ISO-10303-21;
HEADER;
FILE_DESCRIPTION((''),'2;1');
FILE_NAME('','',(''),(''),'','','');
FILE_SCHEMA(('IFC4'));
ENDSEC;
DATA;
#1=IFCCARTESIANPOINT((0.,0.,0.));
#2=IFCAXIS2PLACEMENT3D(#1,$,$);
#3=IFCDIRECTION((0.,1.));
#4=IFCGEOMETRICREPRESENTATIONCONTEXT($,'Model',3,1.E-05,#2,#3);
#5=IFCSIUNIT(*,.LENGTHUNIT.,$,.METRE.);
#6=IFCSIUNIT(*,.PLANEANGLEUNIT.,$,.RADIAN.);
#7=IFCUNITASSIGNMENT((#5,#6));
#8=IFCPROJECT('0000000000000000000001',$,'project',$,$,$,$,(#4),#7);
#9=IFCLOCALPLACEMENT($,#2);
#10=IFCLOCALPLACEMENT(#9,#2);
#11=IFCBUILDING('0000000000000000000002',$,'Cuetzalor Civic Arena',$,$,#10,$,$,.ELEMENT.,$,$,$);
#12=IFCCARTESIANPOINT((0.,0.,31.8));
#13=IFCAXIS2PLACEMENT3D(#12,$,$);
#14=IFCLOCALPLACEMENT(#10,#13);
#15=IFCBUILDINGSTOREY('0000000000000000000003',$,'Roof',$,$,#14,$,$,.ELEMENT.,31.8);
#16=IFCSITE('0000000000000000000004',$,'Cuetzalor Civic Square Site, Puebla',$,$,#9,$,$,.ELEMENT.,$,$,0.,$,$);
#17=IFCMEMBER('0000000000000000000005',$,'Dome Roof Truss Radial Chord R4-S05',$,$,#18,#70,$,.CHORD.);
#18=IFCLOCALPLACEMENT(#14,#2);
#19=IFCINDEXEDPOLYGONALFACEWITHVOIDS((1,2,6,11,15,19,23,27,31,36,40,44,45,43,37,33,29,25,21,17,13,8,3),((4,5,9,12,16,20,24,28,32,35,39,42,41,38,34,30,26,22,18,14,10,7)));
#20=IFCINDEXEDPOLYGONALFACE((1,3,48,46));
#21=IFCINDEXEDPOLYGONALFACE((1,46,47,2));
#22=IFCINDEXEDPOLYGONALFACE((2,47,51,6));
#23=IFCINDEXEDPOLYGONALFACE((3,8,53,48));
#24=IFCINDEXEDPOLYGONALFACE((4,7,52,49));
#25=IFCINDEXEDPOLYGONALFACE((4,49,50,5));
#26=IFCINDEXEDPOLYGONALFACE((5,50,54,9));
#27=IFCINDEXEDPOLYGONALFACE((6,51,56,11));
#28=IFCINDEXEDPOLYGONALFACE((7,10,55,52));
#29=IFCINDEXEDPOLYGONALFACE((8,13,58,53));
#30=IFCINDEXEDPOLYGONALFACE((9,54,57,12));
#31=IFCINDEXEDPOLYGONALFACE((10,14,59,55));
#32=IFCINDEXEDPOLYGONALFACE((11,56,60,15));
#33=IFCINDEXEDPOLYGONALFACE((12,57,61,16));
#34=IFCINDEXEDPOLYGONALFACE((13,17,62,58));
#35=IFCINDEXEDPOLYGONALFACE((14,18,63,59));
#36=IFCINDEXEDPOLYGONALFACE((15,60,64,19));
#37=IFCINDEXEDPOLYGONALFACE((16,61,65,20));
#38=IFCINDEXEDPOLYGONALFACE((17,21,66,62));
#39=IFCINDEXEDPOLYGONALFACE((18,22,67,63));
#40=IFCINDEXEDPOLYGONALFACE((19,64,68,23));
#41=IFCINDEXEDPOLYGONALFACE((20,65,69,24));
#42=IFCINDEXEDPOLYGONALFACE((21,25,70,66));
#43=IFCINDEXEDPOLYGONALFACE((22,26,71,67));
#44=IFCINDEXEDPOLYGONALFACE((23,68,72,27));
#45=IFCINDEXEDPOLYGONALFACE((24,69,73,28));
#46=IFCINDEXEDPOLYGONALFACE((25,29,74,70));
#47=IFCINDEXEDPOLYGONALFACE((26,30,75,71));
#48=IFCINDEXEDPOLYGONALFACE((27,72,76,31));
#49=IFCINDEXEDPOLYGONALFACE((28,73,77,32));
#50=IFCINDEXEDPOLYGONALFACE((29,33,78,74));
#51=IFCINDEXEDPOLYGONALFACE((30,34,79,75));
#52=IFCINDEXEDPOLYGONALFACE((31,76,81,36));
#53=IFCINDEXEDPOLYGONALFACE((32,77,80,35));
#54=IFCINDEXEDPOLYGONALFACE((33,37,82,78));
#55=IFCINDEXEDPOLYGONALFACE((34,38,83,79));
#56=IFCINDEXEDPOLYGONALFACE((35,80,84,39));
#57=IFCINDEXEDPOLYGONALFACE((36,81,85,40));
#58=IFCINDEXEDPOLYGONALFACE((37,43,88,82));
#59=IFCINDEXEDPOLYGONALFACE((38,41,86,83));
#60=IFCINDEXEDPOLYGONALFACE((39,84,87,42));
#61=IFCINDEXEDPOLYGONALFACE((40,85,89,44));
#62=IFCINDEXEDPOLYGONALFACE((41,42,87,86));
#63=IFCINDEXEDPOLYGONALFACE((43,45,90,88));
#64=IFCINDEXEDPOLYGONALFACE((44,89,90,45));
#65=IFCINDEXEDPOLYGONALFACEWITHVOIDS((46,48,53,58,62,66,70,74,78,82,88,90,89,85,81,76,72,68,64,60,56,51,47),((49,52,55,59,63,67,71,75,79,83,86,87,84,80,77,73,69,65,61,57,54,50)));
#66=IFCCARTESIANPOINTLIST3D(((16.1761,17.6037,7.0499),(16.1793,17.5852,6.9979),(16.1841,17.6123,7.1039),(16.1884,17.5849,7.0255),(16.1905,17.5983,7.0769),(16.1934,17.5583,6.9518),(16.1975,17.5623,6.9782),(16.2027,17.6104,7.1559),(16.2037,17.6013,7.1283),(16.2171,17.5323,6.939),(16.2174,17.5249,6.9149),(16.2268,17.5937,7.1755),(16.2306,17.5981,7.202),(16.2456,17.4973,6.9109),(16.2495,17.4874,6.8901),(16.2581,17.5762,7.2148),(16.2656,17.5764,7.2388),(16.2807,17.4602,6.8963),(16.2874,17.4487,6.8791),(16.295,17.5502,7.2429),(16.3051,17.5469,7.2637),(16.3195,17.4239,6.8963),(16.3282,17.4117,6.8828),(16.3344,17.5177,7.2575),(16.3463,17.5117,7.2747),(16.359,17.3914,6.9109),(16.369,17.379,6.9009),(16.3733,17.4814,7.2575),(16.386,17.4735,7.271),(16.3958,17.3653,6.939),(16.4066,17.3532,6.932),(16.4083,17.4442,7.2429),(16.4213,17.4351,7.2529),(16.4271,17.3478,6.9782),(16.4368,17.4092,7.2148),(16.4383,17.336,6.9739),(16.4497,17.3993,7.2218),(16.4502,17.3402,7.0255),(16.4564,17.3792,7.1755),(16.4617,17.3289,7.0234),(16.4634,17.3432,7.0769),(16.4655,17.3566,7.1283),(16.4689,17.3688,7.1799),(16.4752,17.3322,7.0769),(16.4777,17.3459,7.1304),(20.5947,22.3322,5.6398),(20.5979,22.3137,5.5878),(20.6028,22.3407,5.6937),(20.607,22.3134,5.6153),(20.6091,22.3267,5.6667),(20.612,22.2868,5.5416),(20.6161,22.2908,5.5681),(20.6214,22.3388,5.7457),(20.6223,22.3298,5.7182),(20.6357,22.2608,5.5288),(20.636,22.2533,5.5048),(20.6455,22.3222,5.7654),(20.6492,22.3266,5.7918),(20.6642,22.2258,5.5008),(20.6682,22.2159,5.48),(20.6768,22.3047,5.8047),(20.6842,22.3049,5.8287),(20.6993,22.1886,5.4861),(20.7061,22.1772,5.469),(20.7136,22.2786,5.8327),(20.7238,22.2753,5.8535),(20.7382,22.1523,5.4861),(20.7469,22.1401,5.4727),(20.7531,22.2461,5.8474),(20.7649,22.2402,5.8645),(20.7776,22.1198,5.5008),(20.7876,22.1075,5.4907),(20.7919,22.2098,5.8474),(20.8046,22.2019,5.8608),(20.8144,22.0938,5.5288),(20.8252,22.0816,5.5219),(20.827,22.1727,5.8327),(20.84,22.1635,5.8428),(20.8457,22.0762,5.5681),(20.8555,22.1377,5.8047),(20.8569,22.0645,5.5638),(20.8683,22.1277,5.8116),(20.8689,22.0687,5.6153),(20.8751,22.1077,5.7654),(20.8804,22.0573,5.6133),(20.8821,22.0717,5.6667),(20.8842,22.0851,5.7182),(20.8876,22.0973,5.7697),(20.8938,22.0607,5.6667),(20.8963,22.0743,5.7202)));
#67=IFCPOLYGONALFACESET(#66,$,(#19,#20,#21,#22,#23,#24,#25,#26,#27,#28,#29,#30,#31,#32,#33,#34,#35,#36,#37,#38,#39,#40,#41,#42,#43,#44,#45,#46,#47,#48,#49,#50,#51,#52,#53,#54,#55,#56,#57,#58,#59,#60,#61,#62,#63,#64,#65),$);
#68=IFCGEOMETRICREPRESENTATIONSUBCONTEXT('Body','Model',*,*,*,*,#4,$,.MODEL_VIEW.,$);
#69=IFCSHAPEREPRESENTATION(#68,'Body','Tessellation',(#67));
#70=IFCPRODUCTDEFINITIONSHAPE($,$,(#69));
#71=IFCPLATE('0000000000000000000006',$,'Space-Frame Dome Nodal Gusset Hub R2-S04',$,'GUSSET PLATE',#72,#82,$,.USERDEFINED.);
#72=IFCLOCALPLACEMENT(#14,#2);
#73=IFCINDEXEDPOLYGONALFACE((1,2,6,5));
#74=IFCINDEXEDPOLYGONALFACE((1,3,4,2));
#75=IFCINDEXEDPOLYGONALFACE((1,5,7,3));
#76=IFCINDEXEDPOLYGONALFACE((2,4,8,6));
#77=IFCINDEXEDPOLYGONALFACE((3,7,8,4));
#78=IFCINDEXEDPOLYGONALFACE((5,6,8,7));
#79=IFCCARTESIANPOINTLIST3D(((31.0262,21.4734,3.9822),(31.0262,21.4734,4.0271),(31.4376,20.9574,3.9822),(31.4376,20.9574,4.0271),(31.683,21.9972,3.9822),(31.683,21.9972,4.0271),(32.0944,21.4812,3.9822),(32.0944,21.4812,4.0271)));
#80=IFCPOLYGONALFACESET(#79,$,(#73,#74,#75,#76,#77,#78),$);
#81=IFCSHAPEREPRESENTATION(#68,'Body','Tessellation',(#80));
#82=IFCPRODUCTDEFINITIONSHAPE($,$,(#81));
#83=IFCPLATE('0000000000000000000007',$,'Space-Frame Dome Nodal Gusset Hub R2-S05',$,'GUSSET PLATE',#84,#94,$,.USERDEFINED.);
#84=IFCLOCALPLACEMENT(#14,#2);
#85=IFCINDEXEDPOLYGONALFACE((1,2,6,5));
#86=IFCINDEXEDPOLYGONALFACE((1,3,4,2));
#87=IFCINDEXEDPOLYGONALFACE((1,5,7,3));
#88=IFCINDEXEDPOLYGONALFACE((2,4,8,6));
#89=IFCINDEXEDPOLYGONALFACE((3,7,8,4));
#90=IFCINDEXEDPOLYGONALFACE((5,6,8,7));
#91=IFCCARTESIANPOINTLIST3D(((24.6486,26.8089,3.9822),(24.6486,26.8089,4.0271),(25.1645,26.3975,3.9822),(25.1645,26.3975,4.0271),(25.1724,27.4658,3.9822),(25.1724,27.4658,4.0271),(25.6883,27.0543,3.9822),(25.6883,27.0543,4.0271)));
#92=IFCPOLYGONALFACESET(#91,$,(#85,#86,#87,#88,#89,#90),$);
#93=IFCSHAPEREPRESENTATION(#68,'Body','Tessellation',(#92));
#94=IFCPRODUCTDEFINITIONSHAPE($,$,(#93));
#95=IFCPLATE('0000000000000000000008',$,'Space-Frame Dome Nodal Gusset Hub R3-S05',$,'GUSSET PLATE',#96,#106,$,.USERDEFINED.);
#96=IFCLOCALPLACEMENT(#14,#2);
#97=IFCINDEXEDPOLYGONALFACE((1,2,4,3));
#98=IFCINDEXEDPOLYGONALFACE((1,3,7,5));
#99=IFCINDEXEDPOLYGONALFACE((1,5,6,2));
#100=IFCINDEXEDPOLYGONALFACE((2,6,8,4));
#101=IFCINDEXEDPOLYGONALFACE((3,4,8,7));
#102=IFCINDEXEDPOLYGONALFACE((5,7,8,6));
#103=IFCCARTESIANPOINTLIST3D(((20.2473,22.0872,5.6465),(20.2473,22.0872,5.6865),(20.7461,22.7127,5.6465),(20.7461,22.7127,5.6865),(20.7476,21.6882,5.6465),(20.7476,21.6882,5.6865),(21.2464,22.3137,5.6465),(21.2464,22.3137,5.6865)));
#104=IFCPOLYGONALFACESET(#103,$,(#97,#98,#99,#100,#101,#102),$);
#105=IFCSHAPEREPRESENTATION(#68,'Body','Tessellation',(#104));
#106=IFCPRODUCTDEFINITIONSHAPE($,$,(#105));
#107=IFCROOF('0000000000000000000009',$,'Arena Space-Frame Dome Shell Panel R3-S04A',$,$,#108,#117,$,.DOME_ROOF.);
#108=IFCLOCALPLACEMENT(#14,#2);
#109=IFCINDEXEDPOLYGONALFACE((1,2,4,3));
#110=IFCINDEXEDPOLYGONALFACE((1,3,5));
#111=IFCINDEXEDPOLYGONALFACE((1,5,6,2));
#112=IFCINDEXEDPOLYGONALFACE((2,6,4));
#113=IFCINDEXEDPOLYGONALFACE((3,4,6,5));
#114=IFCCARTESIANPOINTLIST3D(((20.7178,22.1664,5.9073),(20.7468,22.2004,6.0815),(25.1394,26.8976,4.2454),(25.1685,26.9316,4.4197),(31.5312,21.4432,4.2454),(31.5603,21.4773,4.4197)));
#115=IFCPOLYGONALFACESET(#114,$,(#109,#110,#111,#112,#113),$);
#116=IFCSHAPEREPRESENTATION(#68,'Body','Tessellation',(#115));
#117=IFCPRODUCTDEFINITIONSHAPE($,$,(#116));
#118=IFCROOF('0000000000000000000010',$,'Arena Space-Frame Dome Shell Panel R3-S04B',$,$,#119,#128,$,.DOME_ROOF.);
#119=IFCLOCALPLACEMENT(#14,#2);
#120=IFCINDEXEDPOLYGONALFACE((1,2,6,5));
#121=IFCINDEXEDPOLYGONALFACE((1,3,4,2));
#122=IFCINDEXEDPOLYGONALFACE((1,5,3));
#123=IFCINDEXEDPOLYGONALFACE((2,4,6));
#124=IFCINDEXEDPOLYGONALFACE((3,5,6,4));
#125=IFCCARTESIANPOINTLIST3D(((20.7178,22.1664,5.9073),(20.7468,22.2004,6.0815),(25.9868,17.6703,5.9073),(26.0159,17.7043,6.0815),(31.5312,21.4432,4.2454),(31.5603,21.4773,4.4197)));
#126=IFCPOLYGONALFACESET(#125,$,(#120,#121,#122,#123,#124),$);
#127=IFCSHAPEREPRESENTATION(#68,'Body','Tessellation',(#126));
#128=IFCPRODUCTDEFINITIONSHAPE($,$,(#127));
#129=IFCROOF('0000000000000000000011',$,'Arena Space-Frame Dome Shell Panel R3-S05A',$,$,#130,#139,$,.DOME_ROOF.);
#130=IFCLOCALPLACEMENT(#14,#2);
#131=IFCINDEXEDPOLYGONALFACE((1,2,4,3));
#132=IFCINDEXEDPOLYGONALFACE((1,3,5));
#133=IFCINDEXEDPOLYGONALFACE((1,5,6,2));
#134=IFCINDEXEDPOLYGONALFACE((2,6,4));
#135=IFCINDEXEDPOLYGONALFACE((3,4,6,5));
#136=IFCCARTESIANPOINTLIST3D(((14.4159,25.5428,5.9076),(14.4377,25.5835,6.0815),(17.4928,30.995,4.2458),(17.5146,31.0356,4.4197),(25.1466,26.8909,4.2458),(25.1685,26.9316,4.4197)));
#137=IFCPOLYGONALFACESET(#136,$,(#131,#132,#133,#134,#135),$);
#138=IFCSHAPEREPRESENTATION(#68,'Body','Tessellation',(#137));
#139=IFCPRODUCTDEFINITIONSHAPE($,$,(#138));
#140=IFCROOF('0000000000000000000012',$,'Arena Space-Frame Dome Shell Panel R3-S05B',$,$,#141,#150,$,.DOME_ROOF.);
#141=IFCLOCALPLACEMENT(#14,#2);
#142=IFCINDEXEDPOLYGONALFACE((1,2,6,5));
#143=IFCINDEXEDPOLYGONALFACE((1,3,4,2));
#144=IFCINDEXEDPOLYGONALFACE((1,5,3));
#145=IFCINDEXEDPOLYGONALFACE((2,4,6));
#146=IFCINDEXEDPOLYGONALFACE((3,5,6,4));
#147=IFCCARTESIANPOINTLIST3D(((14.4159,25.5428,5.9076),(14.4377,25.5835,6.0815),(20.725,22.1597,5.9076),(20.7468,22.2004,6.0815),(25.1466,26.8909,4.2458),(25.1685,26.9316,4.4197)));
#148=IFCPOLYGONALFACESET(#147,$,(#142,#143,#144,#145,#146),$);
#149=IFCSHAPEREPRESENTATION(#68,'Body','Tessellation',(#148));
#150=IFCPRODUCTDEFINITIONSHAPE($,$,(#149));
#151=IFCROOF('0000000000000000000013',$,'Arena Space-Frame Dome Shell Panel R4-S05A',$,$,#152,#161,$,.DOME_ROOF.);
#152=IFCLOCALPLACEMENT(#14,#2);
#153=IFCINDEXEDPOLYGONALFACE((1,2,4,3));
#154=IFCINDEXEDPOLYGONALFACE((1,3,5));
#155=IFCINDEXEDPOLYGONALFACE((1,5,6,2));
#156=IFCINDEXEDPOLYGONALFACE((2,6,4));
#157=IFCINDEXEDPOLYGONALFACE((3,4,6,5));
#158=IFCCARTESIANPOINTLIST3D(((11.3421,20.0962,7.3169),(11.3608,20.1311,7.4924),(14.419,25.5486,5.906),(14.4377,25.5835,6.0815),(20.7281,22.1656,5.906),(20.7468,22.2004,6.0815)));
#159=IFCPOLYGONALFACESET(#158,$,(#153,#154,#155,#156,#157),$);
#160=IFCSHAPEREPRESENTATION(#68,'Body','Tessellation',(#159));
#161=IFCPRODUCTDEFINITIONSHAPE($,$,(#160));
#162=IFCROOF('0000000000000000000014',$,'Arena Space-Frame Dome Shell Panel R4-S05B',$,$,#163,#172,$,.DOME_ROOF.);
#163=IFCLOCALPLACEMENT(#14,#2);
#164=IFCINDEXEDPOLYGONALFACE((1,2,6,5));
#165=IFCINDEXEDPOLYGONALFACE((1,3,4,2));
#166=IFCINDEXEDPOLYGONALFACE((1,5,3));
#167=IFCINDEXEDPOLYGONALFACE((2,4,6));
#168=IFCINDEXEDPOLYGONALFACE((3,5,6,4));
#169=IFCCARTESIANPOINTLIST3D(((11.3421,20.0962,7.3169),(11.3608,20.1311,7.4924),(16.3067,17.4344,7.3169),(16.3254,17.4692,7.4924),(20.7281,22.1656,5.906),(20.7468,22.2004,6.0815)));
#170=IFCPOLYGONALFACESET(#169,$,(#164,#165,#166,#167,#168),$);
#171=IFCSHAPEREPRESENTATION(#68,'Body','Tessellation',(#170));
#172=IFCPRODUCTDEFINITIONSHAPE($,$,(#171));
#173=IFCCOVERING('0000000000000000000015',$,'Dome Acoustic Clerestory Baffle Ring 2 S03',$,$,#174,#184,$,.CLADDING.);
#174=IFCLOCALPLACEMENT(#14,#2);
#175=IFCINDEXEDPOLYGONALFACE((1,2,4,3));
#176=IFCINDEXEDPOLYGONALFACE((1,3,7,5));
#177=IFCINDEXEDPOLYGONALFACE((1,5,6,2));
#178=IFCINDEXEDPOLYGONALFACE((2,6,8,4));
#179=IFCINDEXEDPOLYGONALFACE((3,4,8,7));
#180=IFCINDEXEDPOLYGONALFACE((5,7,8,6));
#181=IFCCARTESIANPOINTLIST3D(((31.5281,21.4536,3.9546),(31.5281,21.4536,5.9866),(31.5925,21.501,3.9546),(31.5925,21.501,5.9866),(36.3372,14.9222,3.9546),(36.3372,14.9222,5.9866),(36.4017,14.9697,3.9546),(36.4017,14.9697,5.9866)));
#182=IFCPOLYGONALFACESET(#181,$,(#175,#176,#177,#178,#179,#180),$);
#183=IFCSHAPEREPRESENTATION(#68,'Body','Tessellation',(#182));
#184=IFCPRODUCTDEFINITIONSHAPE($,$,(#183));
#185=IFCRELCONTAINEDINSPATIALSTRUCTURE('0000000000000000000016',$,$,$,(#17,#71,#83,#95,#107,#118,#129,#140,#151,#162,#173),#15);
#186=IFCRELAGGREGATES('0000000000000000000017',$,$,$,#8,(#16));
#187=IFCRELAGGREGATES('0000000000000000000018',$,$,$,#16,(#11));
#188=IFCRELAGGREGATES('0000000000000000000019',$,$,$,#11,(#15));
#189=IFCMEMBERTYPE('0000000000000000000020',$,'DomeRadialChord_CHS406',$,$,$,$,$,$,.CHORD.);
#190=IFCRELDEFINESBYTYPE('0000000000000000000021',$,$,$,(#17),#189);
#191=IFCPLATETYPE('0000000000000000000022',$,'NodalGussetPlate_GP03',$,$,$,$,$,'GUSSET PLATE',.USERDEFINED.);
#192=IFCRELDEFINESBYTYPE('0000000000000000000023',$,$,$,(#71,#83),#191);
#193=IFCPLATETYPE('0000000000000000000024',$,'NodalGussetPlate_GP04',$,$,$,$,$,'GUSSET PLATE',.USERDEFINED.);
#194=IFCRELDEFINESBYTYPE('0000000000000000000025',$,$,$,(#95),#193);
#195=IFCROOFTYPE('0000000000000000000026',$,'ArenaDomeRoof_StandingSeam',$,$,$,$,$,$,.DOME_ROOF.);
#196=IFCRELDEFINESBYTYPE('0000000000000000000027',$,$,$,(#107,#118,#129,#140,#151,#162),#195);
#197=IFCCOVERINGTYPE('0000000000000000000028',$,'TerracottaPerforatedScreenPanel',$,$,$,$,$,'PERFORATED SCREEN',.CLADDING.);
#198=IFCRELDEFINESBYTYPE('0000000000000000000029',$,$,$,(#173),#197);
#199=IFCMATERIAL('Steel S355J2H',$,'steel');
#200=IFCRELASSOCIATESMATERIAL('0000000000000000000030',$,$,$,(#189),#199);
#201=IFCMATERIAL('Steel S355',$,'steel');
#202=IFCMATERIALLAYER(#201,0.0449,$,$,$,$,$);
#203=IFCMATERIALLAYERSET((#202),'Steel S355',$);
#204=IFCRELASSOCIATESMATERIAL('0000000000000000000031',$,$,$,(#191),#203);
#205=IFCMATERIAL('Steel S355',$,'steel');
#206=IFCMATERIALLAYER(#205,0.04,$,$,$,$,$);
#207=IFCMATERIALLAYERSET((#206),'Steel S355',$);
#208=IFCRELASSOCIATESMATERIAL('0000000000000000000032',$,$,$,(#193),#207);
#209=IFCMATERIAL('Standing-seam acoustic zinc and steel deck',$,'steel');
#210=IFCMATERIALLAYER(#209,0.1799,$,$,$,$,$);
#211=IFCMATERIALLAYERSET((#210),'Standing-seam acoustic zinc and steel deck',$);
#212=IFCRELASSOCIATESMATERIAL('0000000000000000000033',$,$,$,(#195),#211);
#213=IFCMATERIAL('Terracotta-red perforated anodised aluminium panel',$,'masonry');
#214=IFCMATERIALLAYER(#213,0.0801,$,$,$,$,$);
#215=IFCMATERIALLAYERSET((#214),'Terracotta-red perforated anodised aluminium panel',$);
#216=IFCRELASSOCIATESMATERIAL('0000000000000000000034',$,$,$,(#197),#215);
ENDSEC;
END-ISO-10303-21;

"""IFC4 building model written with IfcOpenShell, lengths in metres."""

from ifc_helpers import new_model, si_unit, direction, frame, frame_2d, origin, origin_2d, place, context, subcontext, project, spatial, polyline, rectangle, hollow_circle, outline, extrude, material, layer, layer_set, material_profile, profile_set, type_object, element, save


model = new_model("IFC4")

# Units and contexts
model_context = context("Model", 3, precision=1e-05, world=origin(), true_north=direction((0.0, 1.0)))
body_context = subcontext(model_context, "Body", "Model", "MODEL_VIEW")
ifc_project = project(units=[si_unit("LENGTHUNIT", "METRE"), si_unit("PLANEANGLEUNIT", "RADIAN")], contexts=[model_context])

# Site, building, storey
site_placement = place(None, origin())
site = spatial("IfcSite", under=ifc_project, at=site_placement, Name="Cuetzalor Civic Square Site, Puebla", CompositionType="ELEMENT", RefElevation=0.0)
building_placement = place(site_placement, origin())
building = spatial("IfcBuilding", under=site, at=building_placement, Name="Cuetzalor Civic Arena", CompositionType="ELEMENT")
storey_placement = place(building_placement, frame((0.0, 0.0, 31.8)))
storey = spatial("IfcBuildingStorey", under=building, at=storey_placement, Name="Roof", CompositionType="ELEMENT", Elevation=31.8)

# Member
ifc_material_1 = material(Name="Steel S355J2H", Category="steel")
ifc_material_profile_1 = material_profile(ifc_material_1, hollow_circle(Radius=0.2029, WallThickness=0.0161, at=origin_2d()), Name="CHS 406x16")
ifc_profile_set_1 = profile_set([ifc_material_profile_1], Name="Steel S355J2H")
member_type_1 = type_object("IfcMemberType", Name="DomeRadialChord_CHS406", PredefinedType="CHORD", material=ifc_profile_set_1)
member_1_placement = place(storey_placement, frame((20.7456, 22.1992, 5.6667), z_axis=(-0.667113, -0.713887, 0.212898), x_axis=(0.730637, -0.682766, 0.0)))
element("IfcMember", 1, at=member_1_placement, inside=storey, type_object=member_type_1, Name="Dome Roof Truss Radial Chord R4-S05", PredefinedType="CHORD", context=body_context, shape_type="SweptSolid", body=[
    extrude(hollow_circle(Radius=0.2029, WallThickness=0.0161, at=origin_2d()), origin(), (0.0, 0.0, 1.0), 6.6235),
])

# Plates
ifc_material_2 = material(Name="Steel S355", Category="steel")
ifc_layer_1 = layer(ifc_material_2, 0.0449)
ifc_layer_set_1 = layer_set([ifc_layer_1], Name="Steel S355")
plate_type_1 = type_object("IfcPlateType", Name="NodalGussetPlate_GP03", ElementType="GUSSET PLATE", PredefinedType="USERDEFINED", material=ifc_layer_set_1)
for number, where, z_axis, x_axis, name in (
    (2, (31.5603, 21.4773, 3.9822), (0.0, 0.0, 1.0), (0.781847, 0.62347, 0.0), "Space-Frame Dome Nodal Gusset Hub R2-S04"),
    (3, (25.1685, 26.9316, 3.9822), (0.0, 0.0, 1.0), (0.62347, 0.781847, 0.0), "Space-Frame Dome Nodal Gusset Hub R2-S05"),
):
    element("IfcPlate", number, at=place(storey_placement, frame(where, z_axis=z_axis, x_axis=x_axis)), inside=storey, type_object=plate_type_1, Name=name, ObjectType="GUSSET PLATE", PredefinedType="USERDEFINED", context=body_context, shape_type="SweptSolid", body=[
        extrude(rectangle(XDim=0.8401, YDim=0.6599, at=origin_2d()), origin(), (0.0, 0.0, 1.0), 0.0449),
    ])
ifc_material_3 = material(Name="Steel S355", Category="steel")
ifc_layer_2 = layer(ifc_material_3, 0.04)
ifc_layer_set_2 = layer_set([ifc_layer_2], Name="Steel S355")
plate_type_2 = type_object("IfcPlateType", Name="NodalGussetPlate_GP04", ElementType="GUSSET PLATE", PredefinedType="USERDEFINED", material=ifc_layer_set_2)
plate_placement = place(storey_placement, frame((20.7468, 22.2004, 5.6465), z_axis=(0.0, 0.0, 1.0), x_axis=(0.62347, 0.781847, 0.0)))
element("IfcPlate", 4, at=plate_placement, inside=storey, type_object=plate_type_2, Name="Space-Frame Dome Nodal Gusset Hub R3-S05", ObjectType="GUSSET PLATE", PredefinedType="USERDEFINED", context=body_context, shape_type="SweptSolid", body=[
    extrude(rectangle(XDim=0.8, YDim=0.6399, at=origin_2d()), origin(), (0.0, 0.0, 1.0), 0.04),
])

# Roofs
ifc_material_4 = material(Name="Standing-seam acoustic zinc and steel deck", Category="steel")
ifc_layer_3 = layer(ifc_material_4, 0.1799)
ifc_layer_set_3 = layer_set([ifc_layer_3], Name="Standing-seam acoustic zinc and steel deck")
roof_type = type_object("IfcRoofType", Name="ArenaDomeRoof_StandingSeam", PredefinedType="DOME_ROOF", material=ifc_layer_set_3)
roof_1_placement = place(storey_placement, frame((31.5603, 21.4773, 4.4197), z_axis=(0.161509, 0.189269, 0.968552), x_axis=(-0.760688, 0.649117, 0.0)))
element("IfcRoof", 5, at=roof_1_placement, inside=storey, type_object=roof_type, Name="Arena Space-Frame Dome Shell Panel R3-S04A", PredefinedType="DOME_ROOF", context=body_context, shape_type="SweptSolid", body=[
    extrude(outline(polyline([(0.0, 0.0), (8.4027, 0.0), (8.6951, 6.6792), (0.0, 0.0)])), origin(), (0.0, 0.0, -1.0), 0.1799),
])
roof_2_placement = place(storey_placement, frame((31.5603, 21.4773, 4.4197), z_axis=(0.161509, 0.189275, 0.96855), x_axis=(-0.986244, 0.065954, 0.15157)))
element("IfcRoof", 6, at=roof_2_placement, inside=storey, type_object=roof_type, Name="Arena Space-Frame Dome Shell Panel R3-S04B", PredefinedType="DOME_ROOF", context=body_context, shape_type="SweptSolid", body=[
    extrude(outline(polyline([(0.0, 0.0), (10.9643, 0.0), (5.4712, 4.2194), (0.0, 0.0)])), origin(), (0.0, 0.0, -1.0), 0.1799),
])
roof_3_placement = place(storey_placement, frame((25.1685, 26.9316, 4.4197), z_axis=(0.12127, 0.226163, 0.966511), x_axis=(-0.8813, 0.472557, 0.0)))
element("IfcRoof", 7, at=roof_3_placement, inside=storey, type_object=roof_type, Name="Arena Space-Frame Dome Shell Panel R3-S05A", PredefinedType="DOME_ROOF", context=body_context, shape_type="SweptSolid", body=[
    extrude(outline(polyline([(0.0, 0.0), (8.6847, 0.0), (8.8199, 6.4759), (0.0, 0.0)])), origin(), (0.0, 0.0, -1.0), 0.1799),
])
roof_4_placement = place(storey_placement, frame((25.1685, 26.9316, 4.4197), z_axis=(0.121271, 0.226158, 0.966512), x_axis=(-0.98069, -0.123208, 0.151879)))
element("IfcRoof", 8, at=roof_4_placement, inside=storey, type_object=roof_type, Name="Arena Space-Frame Dome Shell Panel R3-S05B", PredefinedType="DOME_ROOF", context=body_context, shape_type="SweptSolid", body=[
    extrude(outline(polyline([(0.0, 0.0), (10.942, 0.0), (5.1716, 4.2369), (0.0, 0.0)])), origin(), (0.0, 0.0, -1.0), 0.1799),
])
roof_5_placement = place(storey_placement, frame((20.7468, 22.2004, 6.0815), z_axis=(0.103914, 0.19379, 0.975524), x_axis=(-0.881294, 0.472568, 0.0)))
element("IfcRoof", 9, at=roof_5_placement, inside=storey, type_object=roof_type, Name="Arena Space-Frame Dome Shell Panel R4-S05A", PredefinedType="DOME_ROOF", context=body_context, shape_type="SweptSolid", body=[
    extrude(outline(polyline([(0.0, 0.0), (7.1589, 0.0), (7.2939, 6.4163), (0.0, 0.0)])), origin(), (0.0, 0.0, -1.0), 0.1799),
])
roof_6_placement = place(storey_placement, frame((20.7468, 22.2004, 6.0815), z_axis=(0.103911, 0.193803, 0.975522), x_axis=(-0.966193, -0.213017, 0.145237)))
element("IfcRoof", 10, at=roof_6_placement, inside=storey, type_object=roof_type, Name="Arena Space-Frame Dome Shell Panel R4-S05B", PredefinedType="DOME_ROOF", context=body_context, shape_type="SweptSolid", body=[
    extrude(outline(polyline([(0.0, 0.0), (9.7144, 0.0), (5.4847, 3.7205), (0.0, 0.0)])), origin(), (0.0, 0.0, -1.0), 0.1799),
])

# Covering
ifc_material_5 = material(Name="Terracotta-red perforated anodised aluminium panel", Category="masonry")
ifc_layer_4 = layer(ifc_material_5, 0.0801)
ifc_layer_set_4 = layer_set([ifc_layer_4], Name="Terracotta-red perforated anodised aluminium panel")
covering_type = type_object("IfcCoveringType", Name="TerracottaPerforatedScreenPanel", ElementType="PERFORATED SCREEN", PredefinedType="CLADDING", material=ifc_layer_set_4)
covering_1_placement = place(storey_placement, frame((31.5603, 21.4773, 3.9546), z_axis=(0.0, 0.0, 1.0), x_axis=(0.592926, -0.805257, 0.0)))
element("IfcCovering", 11, at=covering_1_placement, inside=storey, type_object=covering_type, Name="Dome Acoustic Clerestory Baffle Ring 2 S03", PredefinedType="CLADDING", context=body_context, shape_type="SweptSolid", body=[
    extrude(rectangle(XDim=8.1108, YDim=0.0801, at=frame_2d((4.0554, 0.0))), origin(), (0.0, 0.0, 1.0), 2.032),
])

save(model, "model.ifc")
